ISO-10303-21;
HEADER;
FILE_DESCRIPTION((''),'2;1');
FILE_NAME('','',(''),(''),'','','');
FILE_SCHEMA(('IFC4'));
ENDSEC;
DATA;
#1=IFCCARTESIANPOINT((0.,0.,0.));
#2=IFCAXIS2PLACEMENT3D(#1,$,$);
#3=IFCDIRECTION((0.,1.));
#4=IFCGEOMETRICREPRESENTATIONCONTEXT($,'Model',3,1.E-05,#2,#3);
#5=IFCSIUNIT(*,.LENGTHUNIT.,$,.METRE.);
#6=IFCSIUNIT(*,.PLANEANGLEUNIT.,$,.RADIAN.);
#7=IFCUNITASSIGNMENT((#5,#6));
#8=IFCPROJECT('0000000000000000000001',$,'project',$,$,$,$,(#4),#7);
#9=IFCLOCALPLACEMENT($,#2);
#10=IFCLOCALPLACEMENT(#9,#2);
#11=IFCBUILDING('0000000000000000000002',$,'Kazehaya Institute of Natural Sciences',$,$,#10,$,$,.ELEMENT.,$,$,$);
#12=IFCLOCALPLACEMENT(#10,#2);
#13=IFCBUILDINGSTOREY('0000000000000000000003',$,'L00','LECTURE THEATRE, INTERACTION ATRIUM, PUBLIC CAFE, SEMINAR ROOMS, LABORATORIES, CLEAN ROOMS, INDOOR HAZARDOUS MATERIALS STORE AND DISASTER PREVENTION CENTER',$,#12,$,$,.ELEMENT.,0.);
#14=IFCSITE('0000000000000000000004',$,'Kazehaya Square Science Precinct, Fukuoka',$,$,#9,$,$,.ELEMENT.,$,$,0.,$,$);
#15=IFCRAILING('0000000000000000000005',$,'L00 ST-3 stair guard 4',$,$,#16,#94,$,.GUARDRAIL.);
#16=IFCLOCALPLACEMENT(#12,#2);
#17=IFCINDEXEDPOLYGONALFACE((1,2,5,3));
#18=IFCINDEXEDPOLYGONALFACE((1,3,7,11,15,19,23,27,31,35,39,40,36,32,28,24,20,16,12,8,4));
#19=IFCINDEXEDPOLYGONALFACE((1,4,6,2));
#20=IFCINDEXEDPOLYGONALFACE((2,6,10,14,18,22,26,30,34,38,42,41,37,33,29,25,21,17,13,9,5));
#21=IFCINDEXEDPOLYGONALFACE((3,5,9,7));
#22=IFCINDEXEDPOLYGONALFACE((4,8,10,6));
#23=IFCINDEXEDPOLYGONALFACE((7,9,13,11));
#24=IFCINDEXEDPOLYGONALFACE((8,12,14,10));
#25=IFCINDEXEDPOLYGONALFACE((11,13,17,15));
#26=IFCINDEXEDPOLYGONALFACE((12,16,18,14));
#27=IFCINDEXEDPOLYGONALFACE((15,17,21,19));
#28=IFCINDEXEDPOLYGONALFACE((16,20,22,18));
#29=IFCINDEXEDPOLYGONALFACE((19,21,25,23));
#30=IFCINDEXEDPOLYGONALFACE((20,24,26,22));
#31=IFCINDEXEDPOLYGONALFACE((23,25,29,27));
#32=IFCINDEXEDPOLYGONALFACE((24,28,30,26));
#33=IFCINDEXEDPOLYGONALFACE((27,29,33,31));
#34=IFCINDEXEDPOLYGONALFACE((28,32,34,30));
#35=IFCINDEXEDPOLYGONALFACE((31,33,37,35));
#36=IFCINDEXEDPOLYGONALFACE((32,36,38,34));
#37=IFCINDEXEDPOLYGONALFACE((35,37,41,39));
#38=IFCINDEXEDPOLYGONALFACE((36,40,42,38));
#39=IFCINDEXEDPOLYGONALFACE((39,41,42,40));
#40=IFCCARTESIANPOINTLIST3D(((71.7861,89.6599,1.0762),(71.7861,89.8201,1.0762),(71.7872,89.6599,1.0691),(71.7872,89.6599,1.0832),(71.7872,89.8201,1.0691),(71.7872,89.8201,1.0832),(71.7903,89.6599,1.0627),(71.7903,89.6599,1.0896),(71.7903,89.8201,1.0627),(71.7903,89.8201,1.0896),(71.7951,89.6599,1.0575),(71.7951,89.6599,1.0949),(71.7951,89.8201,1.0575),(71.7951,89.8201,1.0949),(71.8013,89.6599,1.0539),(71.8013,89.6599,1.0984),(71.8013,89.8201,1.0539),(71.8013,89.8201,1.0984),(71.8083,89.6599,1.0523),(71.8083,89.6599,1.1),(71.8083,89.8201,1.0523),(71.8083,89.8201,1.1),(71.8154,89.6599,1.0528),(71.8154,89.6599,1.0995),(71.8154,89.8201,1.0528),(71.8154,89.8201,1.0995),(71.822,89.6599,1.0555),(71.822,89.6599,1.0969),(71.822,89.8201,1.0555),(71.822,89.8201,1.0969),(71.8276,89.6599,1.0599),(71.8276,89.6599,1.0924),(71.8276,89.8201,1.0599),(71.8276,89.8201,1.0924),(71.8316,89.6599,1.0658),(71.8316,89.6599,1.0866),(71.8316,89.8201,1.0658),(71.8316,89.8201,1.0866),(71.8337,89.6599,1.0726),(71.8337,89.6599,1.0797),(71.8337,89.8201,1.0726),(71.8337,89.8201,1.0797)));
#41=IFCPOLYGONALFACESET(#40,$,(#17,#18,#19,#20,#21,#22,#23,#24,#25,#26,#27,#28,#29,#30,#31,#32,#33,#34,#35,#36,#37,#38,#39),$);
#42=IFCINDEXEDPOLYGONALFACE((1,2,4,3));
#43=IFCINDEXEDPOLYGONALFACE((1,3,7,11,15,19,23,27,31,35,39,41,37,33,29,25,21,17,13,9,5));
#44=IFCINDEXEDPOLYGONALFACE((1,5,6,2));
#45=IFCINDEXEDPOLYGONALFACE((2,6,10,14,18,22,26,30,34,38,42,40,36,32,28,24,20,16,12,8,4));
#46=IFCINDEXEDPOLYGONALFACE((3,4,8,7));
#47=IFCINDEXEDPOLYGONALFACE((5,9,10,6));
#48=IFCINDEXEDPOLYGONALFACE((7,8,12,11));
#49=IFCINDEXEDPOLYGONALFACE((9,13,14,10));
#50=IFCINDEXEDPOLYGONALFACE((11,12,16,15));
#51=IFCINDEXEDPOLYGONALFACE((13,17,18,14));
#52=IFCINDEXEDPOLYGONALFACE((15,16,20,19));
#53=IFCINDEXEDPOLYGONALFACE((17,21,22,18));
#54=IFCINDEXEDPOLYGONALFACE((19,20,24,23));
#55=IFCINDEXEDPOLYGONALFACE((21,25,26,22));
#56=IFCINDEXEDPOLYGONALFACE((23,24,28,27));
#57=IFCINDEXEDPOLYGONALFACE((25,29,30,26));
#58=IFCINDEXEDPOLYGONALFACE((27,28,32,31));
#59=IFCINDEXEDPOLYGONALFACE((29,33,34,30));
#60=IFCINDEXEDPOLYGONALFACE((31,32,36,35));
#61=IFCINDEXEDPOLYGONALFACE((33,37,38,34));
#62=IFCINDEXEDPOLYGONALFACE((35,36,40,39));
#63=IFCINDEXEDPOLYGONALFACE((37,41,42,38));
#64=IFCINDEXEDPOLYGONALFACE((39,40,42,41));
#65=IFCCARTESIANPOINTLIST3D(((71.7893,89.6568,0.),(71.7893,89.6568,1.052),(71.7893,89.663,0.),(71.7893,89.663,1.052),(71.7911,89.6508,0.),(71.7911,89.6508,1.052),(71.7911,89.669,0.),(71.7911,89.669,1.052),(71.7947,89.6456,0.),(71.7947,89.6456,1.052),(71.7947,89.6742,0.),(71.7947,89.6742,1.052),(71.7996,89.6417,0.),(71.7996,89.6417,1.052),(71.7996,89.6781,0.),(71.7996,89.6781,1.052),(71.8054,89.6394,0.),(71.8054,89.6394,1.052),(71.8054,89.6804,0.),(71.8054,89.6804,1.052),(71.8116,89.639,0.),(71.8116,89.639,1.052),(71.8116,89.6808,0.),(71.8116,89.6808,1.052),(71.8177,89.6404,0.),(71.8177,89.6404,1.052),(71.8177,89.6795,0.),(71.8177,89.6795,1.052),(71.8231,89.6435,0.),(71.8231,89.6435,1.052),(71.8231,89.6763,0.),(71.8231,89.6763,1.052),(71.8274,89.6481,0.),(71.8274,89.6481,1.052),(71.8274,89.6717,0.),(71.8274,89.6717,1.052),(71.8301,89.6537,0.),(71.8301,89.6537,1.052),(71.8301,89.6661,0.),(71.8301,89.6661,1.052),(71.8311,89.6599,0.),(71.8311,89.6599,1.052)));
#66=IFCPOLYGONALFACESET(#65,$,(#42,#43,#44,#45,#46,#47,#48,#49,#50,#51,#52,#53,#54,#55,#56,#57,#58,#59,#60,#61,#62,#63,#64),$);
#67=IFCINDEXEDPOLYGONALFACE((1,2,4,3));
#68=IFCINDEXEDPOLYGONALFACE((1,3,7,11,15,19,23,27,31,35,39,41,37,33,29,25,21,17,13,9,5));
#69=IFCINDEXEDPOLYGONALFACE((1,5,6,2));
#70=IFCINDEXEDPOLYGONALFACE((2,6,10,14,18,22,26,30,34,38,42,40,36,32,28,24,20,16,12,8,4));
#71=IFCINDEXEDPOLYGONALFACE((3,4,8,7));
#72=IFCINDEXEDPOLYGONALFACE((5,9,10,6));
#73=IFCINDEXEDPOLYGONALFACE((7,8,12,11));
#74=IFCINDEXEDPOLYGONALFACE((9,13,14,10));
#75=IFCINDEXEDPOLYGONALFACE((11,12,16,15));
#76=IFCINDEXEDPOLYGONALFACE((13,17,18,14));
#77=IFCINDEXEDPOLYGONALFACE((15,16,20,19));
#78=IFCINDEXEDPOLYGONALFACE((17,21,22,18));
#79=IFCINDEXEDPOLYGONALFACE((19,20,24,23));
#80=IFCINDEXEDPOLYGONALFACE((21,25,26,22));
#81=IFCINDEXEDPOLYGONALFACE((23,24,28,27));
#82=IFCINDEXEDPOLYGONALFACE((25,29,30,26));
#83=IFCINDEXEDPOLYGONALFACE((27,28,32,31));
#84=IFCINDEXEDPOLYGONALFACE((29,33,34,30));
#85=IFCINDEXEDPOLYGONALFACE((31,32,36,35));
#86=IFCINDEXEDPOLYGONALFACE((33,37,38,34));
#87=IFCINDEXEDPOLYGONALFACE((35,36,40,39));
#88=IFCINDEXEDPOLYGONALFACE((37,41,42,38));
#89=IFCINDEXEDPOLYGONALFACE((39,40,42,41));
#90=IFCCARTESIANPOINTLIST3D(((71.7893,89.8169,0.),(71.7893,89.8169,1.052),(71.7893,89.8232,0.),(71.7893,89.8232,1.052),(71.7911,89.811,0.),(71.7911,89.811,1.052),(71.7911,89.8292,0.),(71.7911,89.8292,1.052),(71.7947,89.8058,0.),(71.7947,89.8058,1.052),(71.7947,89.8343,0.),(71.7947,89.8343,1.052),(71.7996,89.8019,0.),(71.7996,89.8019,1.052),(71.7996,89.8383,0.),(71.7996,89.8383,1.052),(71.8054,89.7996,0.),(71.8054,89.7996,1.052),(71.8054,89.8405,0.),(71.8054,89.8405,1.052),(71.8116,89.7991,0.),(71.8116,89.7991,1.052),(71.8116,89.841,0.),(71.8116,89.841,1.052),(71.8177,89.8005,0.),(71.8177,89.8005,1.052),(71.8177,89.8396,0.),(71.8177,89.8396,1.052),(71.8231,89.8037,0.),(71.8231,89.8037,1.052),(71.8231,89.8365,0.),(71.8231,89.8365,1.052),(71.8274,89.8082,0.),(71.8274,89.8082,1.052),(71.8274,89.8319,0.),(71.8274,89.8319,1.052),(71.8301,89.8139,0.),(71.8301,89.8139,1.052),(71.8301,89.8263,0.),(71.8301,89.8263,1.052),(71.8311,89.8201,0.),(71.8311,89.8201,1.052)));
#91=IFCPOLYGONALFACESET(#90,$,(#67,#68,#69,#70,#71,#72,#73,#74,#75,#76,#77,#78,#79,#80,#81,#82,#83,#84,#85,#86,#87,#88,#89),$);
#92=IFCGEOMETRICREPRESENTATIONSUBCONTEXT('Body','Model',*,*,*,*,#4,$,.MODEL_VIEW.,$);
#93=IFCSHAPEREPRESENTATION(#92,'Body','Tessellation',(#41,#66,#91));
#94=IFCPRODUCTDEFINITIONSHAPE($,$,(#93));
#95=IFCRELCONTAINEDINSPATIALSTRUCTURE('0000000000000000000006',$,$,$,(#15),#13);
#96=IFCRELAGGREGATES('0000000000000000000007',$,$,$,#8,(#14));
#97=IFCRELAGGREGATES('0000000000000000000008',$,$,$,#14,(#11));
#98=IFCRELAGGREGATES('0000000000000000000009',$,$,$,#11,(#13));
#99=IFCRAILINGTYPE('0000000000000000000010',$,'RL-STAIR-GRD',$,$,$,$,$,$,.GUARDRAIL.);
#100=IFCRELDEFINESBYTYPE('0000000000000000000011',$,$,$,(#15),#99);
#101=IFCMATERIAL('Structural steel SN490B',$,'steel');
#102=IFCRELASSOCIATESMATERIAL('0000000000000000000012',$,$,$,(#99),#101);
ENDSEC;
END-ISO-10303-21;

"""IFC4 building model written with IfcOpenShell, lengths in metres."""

from ifc_helpers import new_model, si_unit, direction, frame, origin, origin_2d, place, context, subcontext, project, spatial, circle, extrude, material, type_object, element, save


model = new_model("IFC4")

# Units and contexts
model_context = context("Model", 3, precision=1e-05, world=origin(), true_north=direction((0.0, 1.0)))
body_context = subcontext(model_context, "Body", "Model", "MODEL_VIEW")
ifc_project = project(units=[si_unit("LENGTHUNIT", "METRE"), si_unit("PLANEANGLEUNIT", "RADIAN")], contexts=[model_context])

# Site, building, storey
site_placement = place(None, origin())
site = spatial("IfcSite", under=ifc_project, at=site_placement, Name="Kazehaya Square Science Precinct, Fukuoka", CompositionType="ELEMENT", RefElevation=0.0)
building_placement = place(site_placement, origin())
building = spatial("IfcBuilding", under=site, at=building_placement, Name="Kazehaya Institute of Natural Sciences", CompositionType="ELEMENT")
storey_placement = place(building_placement, origin())
storey = spatial("IfcBuildingStorey", under=building, at=storey_placement, Name="L00", Description="LECTURE THEATRE, INTERACTION ATRIUM, PUBLIC CAFE, SEMINAR ROOMS, LABORATORIES, CLEAN ROOMS, INDOOR HAZARDOUS MATERIALS STORE AND DISASTER PREVENTION CENTER", CompositionType="ELEMENT", Elevation=0.0)

# Railing
ifc_material_1 = material(Name="Structural steel SN490B", Category="steel")
railing_type_1 = type_object("IfcRailingType", Name="RL-STAIR-GRD", PredefinedType="GUARDRAIL", material=ifc_material_1)
railing_1_placement = place(storey_placement, frame((71.8101, 89.6599, 0.0)))
element("IfcRailing", 1, at=railing_1_placement, inside=storey, type_object=railing_type_1, Name="L00 ST-3 stair guard 4", PredefinedType="GUARDRAIL", context=body_context, shape_type="SweptSolid", body=[
    extrude(circle(Radius=0.0239, at=origin_2d()), frame((0.0, 0.0, 1.0762), z_axis=(0.0, 1.0, 0.0), x_axis=(-1.0, 0.0, 0.0)), (0.0, 0.0, 1.0), 0.1602),
    extrude(circle(Radius=0.021, at=origin_2d()), origin(), (0.0, 0.0, 1.0), 1.052),
    extrude(circle(Radius=0.021, at=origin_2d()), frame((0.0, 0.1602, 0.0)), (0.0, 0.0, 1.0), 1.052),
])

save(model, "model.ifc")
